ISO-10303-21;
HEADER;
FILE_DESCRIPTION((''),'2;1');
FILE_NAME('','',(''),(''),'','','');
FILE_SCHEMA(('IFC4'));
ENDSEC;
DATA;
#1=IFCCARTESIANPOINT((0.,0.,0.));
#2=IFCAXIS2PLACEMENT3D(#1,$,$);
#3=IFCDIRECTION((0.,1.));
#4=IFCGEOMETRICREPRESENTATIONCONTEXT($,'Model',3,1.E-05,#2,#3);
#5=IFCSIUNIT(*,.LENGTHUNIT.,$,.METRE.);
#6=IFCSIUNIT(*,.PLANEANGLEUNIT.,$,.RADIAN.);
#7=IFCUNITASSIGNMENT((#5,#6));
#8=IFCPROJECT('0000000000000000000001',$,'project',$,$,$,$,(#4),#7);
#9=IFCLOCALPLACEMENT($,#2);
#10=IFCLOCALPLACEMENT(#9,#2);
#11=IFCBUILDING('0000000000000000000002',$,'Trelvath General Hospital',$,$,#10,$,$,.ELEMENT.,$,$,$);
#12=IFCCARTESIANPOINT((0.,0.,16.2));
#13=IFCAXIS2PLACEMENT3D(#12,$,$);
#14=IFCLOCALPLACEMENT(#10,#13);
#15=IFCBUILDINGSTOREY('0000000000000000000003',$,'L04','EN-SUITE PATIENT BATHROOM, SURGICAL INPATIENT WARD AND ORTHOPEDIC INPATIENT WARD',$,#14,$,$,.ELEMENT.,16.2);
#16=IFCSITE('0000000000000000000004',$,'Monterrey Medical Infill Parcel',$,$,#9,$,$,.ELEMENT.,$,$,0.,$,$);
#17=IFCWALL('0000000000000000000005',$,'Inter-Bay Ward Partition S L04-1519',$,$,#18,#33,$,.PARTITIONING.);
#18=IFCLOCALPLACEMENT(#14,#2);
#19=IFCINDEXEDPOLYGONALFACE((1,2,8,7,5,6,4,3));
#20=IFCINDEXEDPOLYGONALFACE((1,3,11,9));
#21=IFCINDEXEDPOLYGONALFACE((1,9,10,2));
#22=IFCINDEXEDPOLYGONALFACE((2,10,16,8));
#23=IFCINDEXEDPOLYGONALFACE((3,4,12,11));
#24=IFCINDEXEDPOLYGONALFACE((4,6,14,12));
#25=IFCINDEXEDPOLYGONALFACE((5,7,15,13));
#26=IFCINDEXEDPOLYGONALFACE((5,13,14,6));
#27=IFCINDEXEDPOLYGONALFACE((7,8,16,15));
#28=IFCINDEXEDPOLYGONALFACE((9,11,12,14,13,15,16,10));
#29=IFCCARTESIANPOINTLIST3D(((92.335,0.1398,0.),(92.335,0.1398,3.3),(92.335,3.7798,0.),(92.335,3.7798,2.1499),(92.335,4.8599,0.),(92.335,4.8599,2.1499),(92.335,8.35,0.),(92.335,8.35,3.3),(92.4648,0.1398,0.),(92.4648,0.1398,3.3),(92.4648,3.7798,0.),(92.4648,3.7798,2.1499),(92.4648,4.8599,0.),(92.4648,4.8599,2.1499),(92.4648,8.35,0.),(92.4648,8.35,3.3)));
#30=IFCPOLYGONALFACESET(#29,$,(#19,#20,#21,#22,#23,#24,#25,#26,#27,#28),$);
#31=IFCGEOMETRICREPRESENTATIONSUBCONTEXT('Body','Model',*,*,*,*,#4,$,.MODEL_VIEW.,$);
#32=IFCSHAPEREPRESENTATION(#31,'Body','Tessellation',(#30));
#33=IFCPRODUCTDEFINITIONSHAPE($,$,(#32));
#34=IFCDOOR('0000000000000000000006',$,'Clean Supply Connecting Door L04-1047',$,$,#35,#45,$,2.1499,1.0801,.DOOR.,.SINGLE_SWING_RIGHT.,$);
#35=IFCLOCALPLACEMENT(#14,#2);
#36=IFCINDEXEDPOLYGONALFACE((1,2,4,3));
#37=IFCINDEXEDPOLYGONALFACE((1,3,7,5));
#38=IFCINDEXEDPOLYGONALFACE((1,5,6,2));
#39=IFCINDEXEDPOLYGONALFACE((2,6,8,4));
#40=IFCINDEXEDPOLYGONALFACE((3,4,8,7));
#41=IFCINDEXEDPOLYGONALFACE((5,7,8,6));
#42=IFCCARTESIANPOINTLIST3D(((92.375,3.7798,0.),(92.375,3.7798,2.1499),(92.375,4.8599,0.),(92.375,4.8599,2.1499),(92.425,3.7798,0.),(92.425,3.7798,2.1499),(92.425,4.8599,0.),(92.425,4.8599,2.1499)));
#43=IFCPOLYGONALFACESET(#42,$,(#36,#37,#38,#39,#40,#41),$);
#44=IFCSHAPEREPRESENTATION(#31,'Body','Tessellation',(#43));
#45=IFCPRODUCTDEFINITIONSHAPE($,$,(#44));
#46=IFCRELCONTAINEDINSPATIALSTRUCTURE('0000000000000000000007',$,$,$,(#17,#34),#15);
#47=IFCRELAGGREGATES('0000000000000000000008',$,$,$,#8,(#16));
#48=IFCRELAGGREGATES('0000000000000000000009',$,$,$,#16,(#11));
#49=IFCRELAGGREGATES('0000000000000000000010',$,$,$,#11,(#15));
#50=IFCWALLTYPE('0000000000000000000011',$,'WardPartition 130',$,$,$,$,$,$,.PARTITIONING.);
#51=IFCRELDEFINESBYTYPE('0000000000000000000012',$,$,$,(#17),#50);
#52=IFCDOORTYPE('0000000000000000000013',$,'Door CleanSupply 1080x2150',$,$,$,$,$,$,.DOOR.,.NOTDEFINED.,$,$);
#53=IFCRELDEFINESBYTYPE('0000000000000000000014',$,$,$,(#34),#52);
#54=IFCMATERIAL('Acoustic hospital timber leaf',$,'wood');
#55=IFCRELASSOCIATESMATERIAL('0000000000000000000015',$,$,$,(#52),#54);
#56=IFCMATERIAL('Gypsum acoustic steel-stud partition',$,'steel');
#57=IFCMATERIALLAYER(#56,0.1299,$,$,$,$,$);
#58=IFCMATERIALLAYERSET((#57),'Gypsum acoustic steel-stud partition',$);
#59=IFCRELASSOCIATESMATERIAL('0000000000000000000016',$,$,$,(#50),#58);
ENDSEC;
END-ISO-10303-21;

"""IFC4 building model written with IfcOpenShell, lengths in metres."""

from ifc_helpers import new_model, si_unit, direction, frame, frame_2d, origin, place, context, subcontext, project, spatial, rectangle, extrude, material, layer, layer_set, type_object, element, fill, save


model = new_model("IFC4")

# Units and contexts
model_context = context("Model", 3, precision=1e-05, world=origin(), true_north=direction((0.0, 1.0)))
body_context = subcontext(model_context, "Body", "Model", "MODEL_VIEW")
ifc_project = project(units=[si_unit("LENGTHUNIT", "METRE"), si_unit("PLANEANGLEUNIT", "RADIAN")], contexts=[model_context])

# Site, building, storey
site_placement = place(None, origin())
site = spatial("IfcSite", under=ifc_project, at=site_placement, Name="Monterrey Medical Infill Parcel", CompositionType="ELEMENT", RefElevation=0.0)
building_placement = place(site_placement, origin())
building = spatial("IfcBuilding", under=site, at=building_placement, Name="Trelvath General Hospital", CompositionType="ELEMENT")
storey_placement = place(building_placement, frame((0.0, 0.0, 16.2)))
storey = spatial("IfcBuildingStorey", under=building, at=storey_placement, Name="L04", Description="EN-SUITE PATIENT BATHROOM, SURGICAL INPATIENT WARD AND ORTHOPEDIC INPATIENT WARD", CompositionType="ELEMENT", Elevation=16.2)

# Shared definitions
ifc_material_1 = material(Name="Acoustic hospital timber leaf", Category="wood")
door_type_1 = type_object("IfcDoorType", Name="Door CleanSupply 1080x2150", OperationType="NOTDEFINED", PredefinedType="DOOR", material=ifc_material_1)

# Shared definitions
ifc_material_2 = material(Name="Gypsum acoustic steel-stud partition", Category="steel")
ifc_layer_1 = layer(ifc_material_2, 0.1299)
ifc_layer_set_1 = layer_set([ifc_layer_1], Name="Gypsum acoustic steel-stud partition")
wall_type_1 = type_object("IfcWallType", Name="WardPartition 130", PredefinedType="PARTITIONING", material=ifc_layer_set_1)

# Wall, opening, door
wall_1_placement = place(storey_placement, frame((92.3999, 0.1399, 0.0), z_axis=(0.0, 0.0, 1.0), x_axis=(0.0, 1.0, 0.0)))
wall_1 = element("IfcWall", 1, at=wall_1_placement, inside=storey, type_object=wall_type_1, Name="Inter-Bay Ward Partition S L04-1519", PredefinedType="PARTITIONING", context=body_context, shape_type="SweptSolid", body=[
    extrude(rectangle(XDim=8.2102, YDim=0.1299, at=frame_2d((4.105, 0.0))), origin(), (0.0, 0.0, 1.0), 3.3),
])
opening_1_placement = place(wall_1_placement, frame((3.6399, 0.0, 0.0)))
opening_1 = element("IfcOpeningElement", 2, at=opening_1_placement, cuts=wall_1, PredefinedType="OPENING", context=body_context, shape_type="SweptSolid", body=[
    extrude(rectangle(XDim=1.0801, YDim=2.1499, at=frame_2d((0.54, 1.075))), frame((0.0, 0.075, 0.0), z_axis=(0.0, -1.0, 0.0), x_axis=(1.0, 0.0, 0.0)), (0.0, 0.0, 1.0), 0.1499),
])
door_1_placement = place(opening_1_placement, origin())
door_1 = element("IfcDoor", 3, at=door_1_placement, inside=storey, type_object=door_type_1, Name="Clean Supply Connecting Door L04-1047", OperationType="SINGLE_SWING_RIGHT", OverallHeight=2.1499, OverallWidth=1.0801, PredefinedType="DOOR", context=body_context, shape_type="SweptSolid", body=[
    extrude(rectangle(XDim=1.0801, YDim=2.1499, at=frame_2d((0.54, 1.075))), frame((0.0, 0.0249, 0.0), z_axis=(0.0, -1.0, 0.0), x_axis=(1.0, 0.0, 0.0)), (0.0, 0.0, 1.0), 0.05),
])
fill(opening_1, door_1)

save(model, "model.ifc")
